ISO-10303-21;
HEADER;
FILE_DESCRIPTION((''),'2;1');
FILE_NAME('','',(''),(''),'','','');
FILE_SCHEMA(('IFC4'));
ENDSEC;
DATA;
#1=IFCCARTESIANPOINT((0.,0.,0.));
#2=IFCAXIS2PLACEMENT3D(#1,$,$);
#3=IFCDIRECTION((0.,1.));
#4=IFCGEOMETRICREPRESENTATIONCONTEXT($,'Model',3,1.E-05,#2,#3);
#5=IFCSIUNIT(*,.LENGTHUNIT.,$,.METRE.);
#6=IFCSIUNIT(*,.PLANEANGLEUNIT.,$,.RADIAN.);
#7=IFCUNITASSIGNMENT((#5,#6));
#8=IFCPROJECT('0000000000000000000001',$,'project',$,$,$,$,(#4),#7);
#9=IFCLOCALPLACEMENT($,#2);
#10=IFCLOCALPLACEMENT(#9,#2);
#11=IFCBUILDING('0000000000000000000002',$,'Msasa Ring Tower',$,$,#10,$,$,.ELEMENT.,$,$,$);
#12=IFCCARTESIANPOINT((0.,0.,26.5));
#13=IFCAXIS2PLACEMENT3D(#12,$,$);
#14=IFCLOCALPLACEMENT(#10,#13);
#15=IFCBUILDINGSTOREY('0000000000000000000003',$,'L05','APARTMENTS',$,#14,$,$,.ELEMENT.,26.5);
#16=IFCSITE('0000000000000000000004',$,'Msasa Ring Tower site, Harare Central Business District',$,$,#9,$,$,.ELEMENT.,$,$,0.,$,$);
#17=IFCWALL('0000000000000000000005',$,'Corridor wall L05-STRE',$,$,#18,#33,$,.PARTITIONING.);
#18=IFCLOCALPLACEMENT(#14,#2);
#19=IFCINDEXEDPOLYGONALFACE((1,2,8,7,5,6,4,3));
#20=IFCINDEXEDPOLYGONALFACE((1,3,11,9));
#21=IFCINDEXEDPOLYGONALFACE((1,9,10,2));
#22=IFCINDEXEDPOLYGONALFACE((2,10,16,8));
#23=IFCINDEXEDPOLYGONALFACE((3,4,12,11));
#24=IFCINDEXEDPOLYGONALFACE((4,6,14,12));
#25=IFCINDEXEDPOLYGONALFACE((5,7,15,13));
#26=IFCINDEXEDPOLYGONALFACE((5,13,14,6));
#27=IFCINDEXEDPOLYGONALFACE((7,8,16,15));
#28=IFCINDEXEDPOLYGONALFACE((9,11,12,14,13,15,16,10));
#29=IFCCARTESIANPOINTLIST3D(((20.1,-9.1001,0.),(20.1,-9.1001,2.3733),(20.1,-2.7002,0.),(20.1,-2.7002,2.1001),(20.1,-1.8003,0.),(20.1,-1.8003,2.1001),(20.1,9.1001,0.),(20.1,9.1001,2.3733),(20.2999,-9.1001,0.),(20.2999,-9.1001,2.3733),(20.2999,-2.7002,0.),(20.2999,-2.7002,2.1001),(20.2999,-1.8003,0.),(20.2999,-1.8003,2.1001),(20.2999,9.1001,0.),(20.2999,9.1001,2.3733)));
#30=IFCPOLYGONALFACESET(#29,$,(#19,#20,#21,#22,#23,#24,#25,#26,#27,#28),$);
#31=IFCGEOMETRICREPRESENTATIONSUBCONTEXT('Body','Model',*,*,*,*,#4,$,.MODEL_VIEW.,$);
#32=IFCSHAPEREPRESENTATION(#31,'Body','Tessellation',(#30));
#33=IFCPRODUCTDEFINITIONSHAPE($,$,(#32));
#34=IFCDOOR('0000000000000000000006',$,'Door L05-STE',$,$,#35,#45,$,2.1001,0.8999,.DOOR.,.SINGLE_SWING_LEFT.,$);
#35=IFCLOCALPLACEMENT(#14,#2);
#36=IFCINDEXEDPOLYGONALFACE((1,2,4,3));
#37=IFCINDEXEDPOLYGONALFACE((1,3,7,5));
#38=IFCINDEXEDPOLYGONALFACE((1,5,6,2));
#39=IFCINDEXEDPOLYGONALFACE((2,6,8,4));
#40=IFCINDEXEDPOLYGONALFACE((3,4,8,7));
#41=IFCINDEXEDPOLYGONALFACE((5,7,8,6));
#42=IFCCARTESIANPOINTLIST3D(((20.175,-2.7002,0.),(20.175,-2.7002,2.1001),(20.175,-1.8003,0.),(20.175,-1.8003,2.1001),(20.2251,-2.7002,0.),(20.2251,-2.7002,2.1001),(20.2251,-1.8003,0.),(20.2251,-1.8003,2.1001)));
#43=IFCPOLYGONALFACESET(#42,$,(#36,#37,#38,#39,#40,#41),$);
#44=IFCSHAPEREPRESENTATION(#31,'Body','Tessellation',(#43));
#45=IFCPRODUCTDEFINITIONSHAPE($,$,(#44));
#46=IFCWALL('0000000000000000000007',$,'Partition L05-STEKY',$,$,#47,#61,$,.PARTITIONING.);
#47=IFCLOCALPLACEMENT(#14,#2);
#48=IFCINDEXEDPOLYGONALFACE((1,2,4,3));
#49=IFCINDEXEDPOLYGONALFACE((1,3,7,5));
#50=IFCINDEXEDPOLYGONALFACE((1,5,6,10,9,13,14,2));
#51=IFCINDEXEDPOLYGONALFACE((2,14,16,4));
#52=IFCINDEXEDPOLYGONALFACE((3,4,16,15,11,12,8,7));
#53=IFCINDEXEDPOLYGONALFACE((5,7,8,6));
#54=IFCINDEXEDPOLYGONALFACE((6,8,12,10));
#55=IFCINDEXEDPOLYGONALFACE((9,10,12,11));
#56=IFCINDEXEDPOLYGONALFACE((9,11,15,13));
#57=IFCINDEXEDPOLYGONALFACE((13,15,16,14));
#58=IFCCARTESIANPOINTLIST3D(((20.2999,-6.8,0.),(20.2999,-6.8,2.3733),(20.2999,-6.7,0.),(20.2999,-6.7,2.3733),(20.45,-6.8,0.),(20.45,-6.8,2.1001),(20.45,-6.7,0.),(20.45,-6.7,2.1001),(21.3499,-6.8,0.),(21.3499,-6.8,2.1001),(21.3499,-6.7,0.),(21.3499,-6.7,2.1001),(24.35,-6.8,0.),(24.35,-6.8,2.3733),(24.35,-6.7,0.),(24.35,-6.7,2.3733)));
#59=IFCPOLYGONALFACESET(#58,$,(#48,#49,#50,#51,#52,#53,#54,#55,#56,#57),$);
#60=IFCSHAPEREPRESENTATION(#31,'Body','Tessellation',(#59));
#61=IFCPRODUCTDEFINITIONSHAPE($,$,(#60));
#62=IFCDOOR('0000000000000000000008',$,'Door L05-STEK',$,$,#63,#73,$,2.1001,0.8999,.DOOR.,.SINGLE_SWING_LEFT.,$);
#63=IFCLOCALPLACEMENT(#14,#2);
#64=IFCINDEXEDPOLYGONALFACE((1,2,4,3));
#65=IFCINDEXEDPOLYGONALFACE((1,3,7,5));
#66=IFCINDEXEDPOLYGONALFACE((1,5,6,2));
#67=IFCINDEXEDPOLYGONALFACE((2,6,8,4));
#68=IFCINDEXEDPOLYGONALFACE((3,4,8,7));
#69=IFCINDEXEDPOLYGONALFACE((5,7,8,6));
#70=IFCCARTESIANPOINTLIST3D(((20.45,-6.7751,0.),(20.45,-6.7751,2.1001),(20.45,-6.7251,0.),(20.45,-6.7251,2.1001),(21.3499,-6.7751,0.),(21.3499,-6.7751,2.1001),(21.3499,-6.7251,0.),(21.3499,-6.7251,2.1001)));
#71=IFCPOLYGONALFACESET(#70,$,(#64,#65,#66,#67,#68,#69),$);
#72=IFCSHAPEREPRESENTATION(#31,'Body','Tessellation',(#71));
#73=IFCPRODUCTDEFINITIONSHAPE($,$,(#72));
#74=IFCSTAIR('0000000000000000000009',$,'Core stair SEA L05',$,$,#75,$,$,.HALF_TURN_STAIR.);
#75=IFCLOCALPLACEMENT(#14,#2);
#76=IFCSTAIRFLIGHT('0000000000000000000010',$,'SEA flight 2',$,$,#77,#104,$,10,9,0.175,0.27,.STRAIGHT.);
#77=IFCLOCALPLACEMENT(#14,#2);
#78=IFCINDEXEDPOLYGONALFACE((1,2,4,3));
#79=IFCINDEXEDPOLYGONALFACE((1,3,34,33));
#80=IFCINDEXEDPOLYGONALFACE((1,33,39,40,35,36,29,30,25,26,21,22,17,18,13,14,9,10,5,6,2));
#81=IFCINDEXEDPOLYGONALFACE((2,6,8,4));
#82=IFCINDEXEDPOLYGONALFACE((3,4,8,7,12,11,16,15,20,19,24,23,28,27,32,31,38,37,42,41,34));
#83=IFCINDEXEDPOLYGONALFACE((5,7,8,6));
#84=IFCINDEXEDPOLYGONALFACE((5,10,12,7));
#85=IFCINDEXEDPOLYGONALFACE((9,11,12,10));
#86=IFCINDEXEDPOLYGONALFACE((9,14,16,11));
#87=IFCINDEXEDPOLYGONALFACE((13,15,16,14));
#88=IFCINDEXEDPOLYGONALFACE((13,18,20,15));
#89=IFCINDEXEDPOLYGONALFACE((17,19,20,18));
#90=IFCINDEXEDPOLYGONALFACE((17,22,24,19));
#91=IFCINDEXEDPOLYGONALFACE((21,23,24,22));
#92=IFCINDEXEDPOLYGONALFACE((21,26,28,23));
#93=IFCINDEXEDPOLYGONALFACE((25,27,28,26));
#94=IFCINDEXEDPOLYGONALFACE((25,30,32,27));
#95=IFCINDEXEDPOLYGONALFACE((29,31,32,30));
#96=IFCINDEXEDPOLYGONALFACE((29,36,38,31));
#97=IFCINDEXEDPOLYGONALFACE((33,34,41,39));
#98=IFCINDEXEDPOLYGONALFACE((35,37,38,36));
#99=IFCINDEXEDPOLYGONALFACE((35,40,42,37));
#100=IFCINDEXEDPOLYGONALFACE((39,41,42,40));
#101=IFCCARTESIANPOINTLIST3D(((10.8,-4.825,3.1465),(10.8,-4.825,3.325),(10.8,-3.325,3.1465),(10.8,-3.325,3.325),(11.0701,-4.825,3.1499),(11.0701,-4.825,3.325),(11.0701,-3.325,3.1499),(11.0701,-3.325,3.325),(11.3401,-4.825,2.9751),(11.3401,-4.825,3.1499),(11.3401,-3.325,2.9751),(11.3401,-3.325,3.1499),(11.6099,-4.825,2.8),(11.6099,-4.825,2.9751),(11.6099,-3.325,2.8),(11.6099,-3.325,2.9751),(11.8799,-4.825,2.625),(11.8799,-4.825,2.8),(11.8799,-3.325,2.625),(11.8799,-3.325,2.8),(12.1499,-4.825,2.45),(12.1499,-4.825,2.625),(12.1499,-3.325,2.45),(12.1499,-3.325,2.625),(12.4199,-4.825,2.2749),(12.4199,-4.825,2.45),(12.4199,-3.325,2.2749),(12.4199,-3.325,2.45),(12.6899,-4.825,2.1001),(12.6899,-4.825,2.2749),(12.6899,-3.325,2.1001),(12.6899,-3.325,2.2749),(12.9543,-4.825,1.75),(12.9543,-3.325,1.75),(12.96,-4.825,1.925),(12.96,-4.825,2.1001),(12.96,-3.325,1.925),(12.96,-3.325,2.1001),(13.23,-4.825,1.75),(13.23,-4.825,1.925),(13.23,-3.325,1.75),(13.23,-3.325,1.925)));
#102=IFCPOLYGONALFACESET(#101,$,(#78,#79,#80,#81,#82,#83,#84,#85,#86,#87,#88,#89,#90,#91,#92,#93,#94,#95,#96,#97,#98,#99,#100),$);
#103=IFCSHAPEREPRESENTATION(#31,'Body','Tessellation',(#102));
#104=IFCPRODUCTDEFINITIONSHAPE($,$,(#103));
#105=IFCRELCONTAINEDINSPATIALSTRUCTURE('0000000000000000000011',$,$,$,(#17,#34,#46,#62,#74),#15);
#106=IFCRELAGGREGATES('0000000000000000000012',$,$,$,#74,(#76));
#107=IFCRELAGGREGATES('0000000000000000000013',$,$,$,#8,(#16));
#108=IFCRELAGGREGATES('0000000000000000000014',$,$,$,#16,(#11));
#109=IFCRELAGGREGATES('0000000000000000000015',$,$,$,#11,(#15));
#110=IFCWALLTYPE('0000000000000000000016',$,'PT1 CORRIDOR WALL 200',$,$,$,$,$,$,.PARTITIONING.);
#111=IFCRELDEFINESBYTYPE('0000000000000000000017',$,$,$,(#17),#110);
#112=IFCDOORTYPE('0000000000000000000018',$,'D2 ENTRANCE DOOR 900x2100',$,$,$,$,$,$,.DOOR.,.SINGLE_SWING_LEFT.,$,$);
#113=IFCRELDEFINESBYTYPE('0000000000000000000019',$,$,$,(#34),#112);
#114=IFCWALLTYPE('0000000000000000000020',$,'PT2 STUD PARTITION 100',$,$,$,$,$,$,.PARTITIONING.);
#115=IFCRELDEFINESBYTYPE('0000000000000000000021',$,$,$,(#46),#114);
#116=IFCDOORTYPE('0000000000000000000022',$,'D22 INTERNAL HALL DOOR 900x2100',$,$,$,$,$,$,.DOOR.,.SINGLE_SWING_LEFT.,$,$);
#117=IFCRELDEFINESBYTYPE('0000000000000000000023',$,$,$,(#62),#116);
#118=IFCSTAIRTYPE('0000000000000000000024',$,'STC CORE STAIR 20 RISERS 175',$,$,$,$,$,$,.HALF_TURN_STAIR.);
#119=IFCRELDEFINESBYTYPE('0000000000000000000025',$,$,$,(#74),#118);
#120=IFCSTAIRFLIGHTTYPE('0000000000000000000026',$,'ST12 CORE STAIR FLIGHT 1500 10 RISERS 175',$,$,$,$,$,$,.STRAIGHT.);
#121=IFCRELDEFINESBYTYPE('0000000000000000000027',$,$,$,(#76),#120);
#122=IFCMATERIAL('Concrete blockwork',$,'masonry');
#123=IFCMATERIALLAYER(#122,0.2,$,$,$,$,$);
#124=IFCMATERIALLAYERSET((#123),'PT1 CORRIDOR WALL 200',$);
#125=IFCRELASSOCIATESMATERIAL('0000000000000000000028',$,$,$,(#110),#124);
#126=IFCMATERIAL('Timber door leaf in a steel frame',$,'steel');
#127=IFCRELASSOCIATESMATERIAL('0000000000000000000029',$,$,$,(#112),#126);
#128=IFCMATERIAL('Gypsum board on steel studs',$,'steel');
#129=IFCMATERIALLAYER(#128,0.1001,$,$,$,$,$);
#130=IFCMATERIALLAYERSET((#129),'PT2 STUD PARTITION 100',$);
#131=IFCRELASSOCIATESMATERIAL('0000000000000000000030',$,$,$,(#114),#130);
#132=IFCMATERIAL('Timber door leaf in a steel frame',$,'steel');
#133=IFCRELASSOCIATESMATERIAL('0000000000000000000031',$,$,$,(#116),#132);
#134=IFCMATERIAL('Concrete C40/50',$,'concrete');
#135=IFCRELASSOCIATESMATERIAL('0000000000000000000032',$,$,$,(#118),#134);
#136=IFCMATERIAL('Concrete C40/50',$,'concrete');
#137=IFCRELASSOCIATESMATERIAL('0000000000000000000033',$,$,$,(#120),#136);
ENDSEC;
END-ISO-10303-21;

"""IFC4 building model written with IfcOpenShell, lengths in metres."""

from ifc_helpers import new_model, si_unit, direction, frame, frame_2d, origin, place, context, subcontext, project, spatial, polyline, rectangle, outline, extrude, material, layer, layer_set, type_object, element, fill, aggregate, save


model = new_model("IFC4")

# Units and contexts
model_context = context("Model", 3, precision=1e-05, world=origin(), true_north=direction((0.0, 1.0)))
body_context = subcontext(model_context, "Body", "Model", "MODEL_VIEW")
ifc_project = project(units=[si_unit("LENGTHUNIT", "METRE"), si_unit("PLANEANGLEUNIT", "RADIAN")], contexts=[model_context])

# Site, building, storey
site_placement = place(None, origin())
site = spatial("IfcSite", under=ifc_project, at=site_placement, Name="Msasa Ring Tower site, Harare Central Business District", CompositionType="ELEMENT", RefElevation=0.0)
building_placement = place(site_placement, origin())
building = spatial("IfcBuilding", under=site, at=building_placement, Name="Msasa Ring Tower", CompositionType="ELEMENT")
storey_placement = place(building_placement, frame((0.0, 0.0, 26.5)))
storey = spatial("IfcBuildingStorey", under=building, at=storey_placement, Name="L05", Description="APARTMENTS", CompositionType="ELEMENT", Elevation=26.5)

# Walls, openings, doors
ifc_material_1 = material(Name="Concrete blockwork", Category="masonry")
ifc_layer_1 = layer(ifc_material_1, 0.2)
ifc_layer_set_1 = layer_set([ifc_layer_1], Name="PT1 CORRIDOR WALL 200")
wall_type_1 = type_object("IfcWallType", Name="PT1 CORRIDOR WALL 200", PredefinedType="PARTITIONING", material=ifc_layer_set_1)
wall_1_placement = place(storey_placement, frame((20.2, -9.1001, 0.0), z_axis=(0.0, 0.0, 1.0), x_axis=(0.0, 1.0, 0.0)))
wall_1 = element("IfcWall", 1, at=wall_1_placement, inside=storey, type_object=wall_type_1, Name="Corridor wall L05-STRE", PredefinedType="PARTITIONING", context=body_context, shape_type="SweptSolid", body=[
    extrude(rectangle(XDim=18.2002, YDim=0.2, at=frame_2d((9.1001, 0.0))), origin(), (0.0, 0.0, 1.0), 2.3733),
])
opening_1_placement = place(wall_1_placement, frame((6.3999, 0.0, 0.0)))
opening_1 = element("IfcOpeningElement", 2, at=opening_1_placement, cuts=wall_1, PredefinedType="OPENING", context=body_context, shape_type="SweptSolid", body=[
    extrude(rectangle(XDim=0.8999, YDim=2.1001, at=frame_2d((0.45, 1.05))), frame((0.0, 0.1099, 0.0), z_axis=(0.0, -1.0, 0.0), x_axis=(1.0, 0.0, 0.0)), (0.0, 0.0, 1.0), 0.22),
])
ifc_material_2 = material(Name="Timber door leaf in a steel frame", Category="steel")
door_type_1 = type_object("IfcDoorType", Name="D2 ENTRANCE DOOR 900x2100", OperationType="SINGLE_SWING_LEFT", PredefinedType="DOOR", material=ifc_material_2)
door_1_placement = place(opening_1_placement, origin())
door_1 = element("IfcDoor", 3, at=door_1_placement, inside=storey, type_object=door_type_1, Name="Door L05-STE", OperationType="SINGLE_SWING_LEFT", OverallHeight=2.1001, OverallWidth=0.8999, PredefinedType="DOOR", context=body_context, shape_type="SweptSolid", body=[
    extrude(rectangle(XDim=0.8999, YDim=2.1001, at=frame_2d((0.45, 1.05))), frame((0.0, 0.0249, 0.0), z_axis=(0.0, -1.0, 0.0), x_axis=(1.0, 0.0, 0.0)), (0.0, 0.0, 1.0), 0.05),
])
fill(opening_1, door_1)
ifc_material_3 = material(Name="Gypsum board on steel studs", Category="steel")
ifc_layer_2 = layer(ifc_material_3, 0.1001)
ifc_layer_set_2 = layer_set([ifc_layer_2], Name="PT2 STUD PARTITION 100")
wall_type_2 = type_object("IfcWallType", Name="PT2 STUD PARTITION 100", PredefinedType="PARTITIONING", material=ifc_layer_set_2)
wall_2_placement = place(storey_placement, frame((20.3, -6.75, 0.0), z_axis=(0.0, 0.0, 1.0), x_axis=(1.0, 0.0, 0.0)))
wall_2 = element("IfcWall", 4, at=wall_2_placement, inside=storey, type_object=wall_type_2, Name="Partition L05-STEKY", PredefinedType="PARTITIONING", context=body_context, shape_type="SweptSolid", body=[
    extrude(rectangle(XDim=4.05, YDim=0.1001, at=frame_2d((2.0249, 0.0))), origin(), (0.0, 0.0, 1.0), 2.3733),
])
opening_2_placement = place(wall_2_placement, frame((0.1499, 0.0, 0.0)))
opening_2 = element("IfcOpeningElement", 5, at=opening_2_placement, cuts=wall_2, PredefinedType="OPENING", context=body_context, shape_type="SweptSolid", body=[
    extrude(rectangle(XDim=0.8999, YDim=2.1001, at=frame_2d((0.45, 1.05))), frame((0.0, 0.0601, 0.0), z_axis=(0.0, -1.0, 0.0), x_axis=(1.0, 0.0, 0.0)), (0.0, 0.0, 1.0), 0.1201),
])
ifc_material_4 = material(Name="Timber door leaf in a steel frame", Category="steel")
door_type_2 = type_object("IfcDoorType", Name="D22 INTERNAL HALL DOOR 900x2100", OperationType="SINGLE_SWING_LEFT", PredefinedType="DOOR", material=ifc_material_4)
door_2_placement = place(opening_2_placement, origin())
door_2 = element("IfcDoor", 6, at=door_2_placement, inside=storey, type_object=door_type_2, Name="Door L05-STEK", OperationType="SINGLE_SWING_LEFT", OverallHeight=2.1001, OverallWidth=0.8999, PredefinedType="DOOR", context=body_context, shape_type="SweptSolid", body=[
    extrude(rectangle(XDim=0.8999, YDim=2.1001, at=frame_2d((0.45, 1.05))), frame((0.0, 0.0249, 0.0), z_axis=(0.0, -1.0, 0.0), x_axis=(1.0, 0.0, 0.0)), (0.0, 0.0, 1.0), 0.05),
])
fill(opening_2, door_2)

# Stair, stair flight
ifc_material_5 = material(Name="Concrete C40/50", Category="concrete")
stair_type = type_object("IfcStairType", Name="STC CORE STAIR 20 RISERS 175", PredefinedType="HALF_TURN_STAIR", material=ifc_material_5)
stair_placement = place(storey_placement, origin())
stair = element("IfcStair", 7, at=stair_placement, inside=storey, type_object=stair_type, Name="Core stair SEA L05", PredefinedType="HALF_TURN_STAIR")
ifc_material_6 = material(Name="Concrete C40/50", Category="concrete")
stair_flight_type = type_object("IfcStairFlightType", Name="ST12 CORE STAIR FLIGHT 1500 10 RISERS 175", PredefinedType="STRAIGHT", material=ifc_material_6)
stair_flight_placement = place(storey_placement, frame((13.23, -4.075, 1.75), z_axis=(0.0, 0.0, 1.0), x_axis=(-1.0, 0.0, 0.0)))
stair_flight = element("IfcStairFlight", 8, at=stair_flight_placement, type_object=stair_flight_type, Name="SEA flight 2", NumberOfRisers=10, NumberOfTreads=9, PredefinedType="STRAIGHT", RiserHeight=0.175, TreadLength=0.27, context=body_context, shape_type="SweptSolid", body=[
    extrude(outline(polyline([(0.0, 0.0), (0.0, 0.175), (0.27, 0.175), (0.27, 0.3501), (0.54, 0.3501), (0.54, 0.5249), (0.8101, 0.5249), (0.8101, 0.7), (1.0801, 0.7), (1.0801, 0.875), (1.3501, 0.875), (1.3501, 1.05), (1.6201, 1.05), (1.6201, 1.2251), (1.8899, 1.2251), (1.8899, 1.3999), (2.1599, 1.3999), (2.1599, 1.575), (2.4299, 1.575), (2.4299, 1.75), (2.4299, 1.3965), (0.2756, 0.0), (0.0, 0.0)])), frame((0.0, 0.75, 0.0), z_axis=(0.0, -1.0, 0.0), x_axis=(1.0, 0.0, 0.0)), (0.0, 0.0, 1.0), 1.5),
])
aggregate(stair, [stair_flight])

save(model, "model.ifc")
